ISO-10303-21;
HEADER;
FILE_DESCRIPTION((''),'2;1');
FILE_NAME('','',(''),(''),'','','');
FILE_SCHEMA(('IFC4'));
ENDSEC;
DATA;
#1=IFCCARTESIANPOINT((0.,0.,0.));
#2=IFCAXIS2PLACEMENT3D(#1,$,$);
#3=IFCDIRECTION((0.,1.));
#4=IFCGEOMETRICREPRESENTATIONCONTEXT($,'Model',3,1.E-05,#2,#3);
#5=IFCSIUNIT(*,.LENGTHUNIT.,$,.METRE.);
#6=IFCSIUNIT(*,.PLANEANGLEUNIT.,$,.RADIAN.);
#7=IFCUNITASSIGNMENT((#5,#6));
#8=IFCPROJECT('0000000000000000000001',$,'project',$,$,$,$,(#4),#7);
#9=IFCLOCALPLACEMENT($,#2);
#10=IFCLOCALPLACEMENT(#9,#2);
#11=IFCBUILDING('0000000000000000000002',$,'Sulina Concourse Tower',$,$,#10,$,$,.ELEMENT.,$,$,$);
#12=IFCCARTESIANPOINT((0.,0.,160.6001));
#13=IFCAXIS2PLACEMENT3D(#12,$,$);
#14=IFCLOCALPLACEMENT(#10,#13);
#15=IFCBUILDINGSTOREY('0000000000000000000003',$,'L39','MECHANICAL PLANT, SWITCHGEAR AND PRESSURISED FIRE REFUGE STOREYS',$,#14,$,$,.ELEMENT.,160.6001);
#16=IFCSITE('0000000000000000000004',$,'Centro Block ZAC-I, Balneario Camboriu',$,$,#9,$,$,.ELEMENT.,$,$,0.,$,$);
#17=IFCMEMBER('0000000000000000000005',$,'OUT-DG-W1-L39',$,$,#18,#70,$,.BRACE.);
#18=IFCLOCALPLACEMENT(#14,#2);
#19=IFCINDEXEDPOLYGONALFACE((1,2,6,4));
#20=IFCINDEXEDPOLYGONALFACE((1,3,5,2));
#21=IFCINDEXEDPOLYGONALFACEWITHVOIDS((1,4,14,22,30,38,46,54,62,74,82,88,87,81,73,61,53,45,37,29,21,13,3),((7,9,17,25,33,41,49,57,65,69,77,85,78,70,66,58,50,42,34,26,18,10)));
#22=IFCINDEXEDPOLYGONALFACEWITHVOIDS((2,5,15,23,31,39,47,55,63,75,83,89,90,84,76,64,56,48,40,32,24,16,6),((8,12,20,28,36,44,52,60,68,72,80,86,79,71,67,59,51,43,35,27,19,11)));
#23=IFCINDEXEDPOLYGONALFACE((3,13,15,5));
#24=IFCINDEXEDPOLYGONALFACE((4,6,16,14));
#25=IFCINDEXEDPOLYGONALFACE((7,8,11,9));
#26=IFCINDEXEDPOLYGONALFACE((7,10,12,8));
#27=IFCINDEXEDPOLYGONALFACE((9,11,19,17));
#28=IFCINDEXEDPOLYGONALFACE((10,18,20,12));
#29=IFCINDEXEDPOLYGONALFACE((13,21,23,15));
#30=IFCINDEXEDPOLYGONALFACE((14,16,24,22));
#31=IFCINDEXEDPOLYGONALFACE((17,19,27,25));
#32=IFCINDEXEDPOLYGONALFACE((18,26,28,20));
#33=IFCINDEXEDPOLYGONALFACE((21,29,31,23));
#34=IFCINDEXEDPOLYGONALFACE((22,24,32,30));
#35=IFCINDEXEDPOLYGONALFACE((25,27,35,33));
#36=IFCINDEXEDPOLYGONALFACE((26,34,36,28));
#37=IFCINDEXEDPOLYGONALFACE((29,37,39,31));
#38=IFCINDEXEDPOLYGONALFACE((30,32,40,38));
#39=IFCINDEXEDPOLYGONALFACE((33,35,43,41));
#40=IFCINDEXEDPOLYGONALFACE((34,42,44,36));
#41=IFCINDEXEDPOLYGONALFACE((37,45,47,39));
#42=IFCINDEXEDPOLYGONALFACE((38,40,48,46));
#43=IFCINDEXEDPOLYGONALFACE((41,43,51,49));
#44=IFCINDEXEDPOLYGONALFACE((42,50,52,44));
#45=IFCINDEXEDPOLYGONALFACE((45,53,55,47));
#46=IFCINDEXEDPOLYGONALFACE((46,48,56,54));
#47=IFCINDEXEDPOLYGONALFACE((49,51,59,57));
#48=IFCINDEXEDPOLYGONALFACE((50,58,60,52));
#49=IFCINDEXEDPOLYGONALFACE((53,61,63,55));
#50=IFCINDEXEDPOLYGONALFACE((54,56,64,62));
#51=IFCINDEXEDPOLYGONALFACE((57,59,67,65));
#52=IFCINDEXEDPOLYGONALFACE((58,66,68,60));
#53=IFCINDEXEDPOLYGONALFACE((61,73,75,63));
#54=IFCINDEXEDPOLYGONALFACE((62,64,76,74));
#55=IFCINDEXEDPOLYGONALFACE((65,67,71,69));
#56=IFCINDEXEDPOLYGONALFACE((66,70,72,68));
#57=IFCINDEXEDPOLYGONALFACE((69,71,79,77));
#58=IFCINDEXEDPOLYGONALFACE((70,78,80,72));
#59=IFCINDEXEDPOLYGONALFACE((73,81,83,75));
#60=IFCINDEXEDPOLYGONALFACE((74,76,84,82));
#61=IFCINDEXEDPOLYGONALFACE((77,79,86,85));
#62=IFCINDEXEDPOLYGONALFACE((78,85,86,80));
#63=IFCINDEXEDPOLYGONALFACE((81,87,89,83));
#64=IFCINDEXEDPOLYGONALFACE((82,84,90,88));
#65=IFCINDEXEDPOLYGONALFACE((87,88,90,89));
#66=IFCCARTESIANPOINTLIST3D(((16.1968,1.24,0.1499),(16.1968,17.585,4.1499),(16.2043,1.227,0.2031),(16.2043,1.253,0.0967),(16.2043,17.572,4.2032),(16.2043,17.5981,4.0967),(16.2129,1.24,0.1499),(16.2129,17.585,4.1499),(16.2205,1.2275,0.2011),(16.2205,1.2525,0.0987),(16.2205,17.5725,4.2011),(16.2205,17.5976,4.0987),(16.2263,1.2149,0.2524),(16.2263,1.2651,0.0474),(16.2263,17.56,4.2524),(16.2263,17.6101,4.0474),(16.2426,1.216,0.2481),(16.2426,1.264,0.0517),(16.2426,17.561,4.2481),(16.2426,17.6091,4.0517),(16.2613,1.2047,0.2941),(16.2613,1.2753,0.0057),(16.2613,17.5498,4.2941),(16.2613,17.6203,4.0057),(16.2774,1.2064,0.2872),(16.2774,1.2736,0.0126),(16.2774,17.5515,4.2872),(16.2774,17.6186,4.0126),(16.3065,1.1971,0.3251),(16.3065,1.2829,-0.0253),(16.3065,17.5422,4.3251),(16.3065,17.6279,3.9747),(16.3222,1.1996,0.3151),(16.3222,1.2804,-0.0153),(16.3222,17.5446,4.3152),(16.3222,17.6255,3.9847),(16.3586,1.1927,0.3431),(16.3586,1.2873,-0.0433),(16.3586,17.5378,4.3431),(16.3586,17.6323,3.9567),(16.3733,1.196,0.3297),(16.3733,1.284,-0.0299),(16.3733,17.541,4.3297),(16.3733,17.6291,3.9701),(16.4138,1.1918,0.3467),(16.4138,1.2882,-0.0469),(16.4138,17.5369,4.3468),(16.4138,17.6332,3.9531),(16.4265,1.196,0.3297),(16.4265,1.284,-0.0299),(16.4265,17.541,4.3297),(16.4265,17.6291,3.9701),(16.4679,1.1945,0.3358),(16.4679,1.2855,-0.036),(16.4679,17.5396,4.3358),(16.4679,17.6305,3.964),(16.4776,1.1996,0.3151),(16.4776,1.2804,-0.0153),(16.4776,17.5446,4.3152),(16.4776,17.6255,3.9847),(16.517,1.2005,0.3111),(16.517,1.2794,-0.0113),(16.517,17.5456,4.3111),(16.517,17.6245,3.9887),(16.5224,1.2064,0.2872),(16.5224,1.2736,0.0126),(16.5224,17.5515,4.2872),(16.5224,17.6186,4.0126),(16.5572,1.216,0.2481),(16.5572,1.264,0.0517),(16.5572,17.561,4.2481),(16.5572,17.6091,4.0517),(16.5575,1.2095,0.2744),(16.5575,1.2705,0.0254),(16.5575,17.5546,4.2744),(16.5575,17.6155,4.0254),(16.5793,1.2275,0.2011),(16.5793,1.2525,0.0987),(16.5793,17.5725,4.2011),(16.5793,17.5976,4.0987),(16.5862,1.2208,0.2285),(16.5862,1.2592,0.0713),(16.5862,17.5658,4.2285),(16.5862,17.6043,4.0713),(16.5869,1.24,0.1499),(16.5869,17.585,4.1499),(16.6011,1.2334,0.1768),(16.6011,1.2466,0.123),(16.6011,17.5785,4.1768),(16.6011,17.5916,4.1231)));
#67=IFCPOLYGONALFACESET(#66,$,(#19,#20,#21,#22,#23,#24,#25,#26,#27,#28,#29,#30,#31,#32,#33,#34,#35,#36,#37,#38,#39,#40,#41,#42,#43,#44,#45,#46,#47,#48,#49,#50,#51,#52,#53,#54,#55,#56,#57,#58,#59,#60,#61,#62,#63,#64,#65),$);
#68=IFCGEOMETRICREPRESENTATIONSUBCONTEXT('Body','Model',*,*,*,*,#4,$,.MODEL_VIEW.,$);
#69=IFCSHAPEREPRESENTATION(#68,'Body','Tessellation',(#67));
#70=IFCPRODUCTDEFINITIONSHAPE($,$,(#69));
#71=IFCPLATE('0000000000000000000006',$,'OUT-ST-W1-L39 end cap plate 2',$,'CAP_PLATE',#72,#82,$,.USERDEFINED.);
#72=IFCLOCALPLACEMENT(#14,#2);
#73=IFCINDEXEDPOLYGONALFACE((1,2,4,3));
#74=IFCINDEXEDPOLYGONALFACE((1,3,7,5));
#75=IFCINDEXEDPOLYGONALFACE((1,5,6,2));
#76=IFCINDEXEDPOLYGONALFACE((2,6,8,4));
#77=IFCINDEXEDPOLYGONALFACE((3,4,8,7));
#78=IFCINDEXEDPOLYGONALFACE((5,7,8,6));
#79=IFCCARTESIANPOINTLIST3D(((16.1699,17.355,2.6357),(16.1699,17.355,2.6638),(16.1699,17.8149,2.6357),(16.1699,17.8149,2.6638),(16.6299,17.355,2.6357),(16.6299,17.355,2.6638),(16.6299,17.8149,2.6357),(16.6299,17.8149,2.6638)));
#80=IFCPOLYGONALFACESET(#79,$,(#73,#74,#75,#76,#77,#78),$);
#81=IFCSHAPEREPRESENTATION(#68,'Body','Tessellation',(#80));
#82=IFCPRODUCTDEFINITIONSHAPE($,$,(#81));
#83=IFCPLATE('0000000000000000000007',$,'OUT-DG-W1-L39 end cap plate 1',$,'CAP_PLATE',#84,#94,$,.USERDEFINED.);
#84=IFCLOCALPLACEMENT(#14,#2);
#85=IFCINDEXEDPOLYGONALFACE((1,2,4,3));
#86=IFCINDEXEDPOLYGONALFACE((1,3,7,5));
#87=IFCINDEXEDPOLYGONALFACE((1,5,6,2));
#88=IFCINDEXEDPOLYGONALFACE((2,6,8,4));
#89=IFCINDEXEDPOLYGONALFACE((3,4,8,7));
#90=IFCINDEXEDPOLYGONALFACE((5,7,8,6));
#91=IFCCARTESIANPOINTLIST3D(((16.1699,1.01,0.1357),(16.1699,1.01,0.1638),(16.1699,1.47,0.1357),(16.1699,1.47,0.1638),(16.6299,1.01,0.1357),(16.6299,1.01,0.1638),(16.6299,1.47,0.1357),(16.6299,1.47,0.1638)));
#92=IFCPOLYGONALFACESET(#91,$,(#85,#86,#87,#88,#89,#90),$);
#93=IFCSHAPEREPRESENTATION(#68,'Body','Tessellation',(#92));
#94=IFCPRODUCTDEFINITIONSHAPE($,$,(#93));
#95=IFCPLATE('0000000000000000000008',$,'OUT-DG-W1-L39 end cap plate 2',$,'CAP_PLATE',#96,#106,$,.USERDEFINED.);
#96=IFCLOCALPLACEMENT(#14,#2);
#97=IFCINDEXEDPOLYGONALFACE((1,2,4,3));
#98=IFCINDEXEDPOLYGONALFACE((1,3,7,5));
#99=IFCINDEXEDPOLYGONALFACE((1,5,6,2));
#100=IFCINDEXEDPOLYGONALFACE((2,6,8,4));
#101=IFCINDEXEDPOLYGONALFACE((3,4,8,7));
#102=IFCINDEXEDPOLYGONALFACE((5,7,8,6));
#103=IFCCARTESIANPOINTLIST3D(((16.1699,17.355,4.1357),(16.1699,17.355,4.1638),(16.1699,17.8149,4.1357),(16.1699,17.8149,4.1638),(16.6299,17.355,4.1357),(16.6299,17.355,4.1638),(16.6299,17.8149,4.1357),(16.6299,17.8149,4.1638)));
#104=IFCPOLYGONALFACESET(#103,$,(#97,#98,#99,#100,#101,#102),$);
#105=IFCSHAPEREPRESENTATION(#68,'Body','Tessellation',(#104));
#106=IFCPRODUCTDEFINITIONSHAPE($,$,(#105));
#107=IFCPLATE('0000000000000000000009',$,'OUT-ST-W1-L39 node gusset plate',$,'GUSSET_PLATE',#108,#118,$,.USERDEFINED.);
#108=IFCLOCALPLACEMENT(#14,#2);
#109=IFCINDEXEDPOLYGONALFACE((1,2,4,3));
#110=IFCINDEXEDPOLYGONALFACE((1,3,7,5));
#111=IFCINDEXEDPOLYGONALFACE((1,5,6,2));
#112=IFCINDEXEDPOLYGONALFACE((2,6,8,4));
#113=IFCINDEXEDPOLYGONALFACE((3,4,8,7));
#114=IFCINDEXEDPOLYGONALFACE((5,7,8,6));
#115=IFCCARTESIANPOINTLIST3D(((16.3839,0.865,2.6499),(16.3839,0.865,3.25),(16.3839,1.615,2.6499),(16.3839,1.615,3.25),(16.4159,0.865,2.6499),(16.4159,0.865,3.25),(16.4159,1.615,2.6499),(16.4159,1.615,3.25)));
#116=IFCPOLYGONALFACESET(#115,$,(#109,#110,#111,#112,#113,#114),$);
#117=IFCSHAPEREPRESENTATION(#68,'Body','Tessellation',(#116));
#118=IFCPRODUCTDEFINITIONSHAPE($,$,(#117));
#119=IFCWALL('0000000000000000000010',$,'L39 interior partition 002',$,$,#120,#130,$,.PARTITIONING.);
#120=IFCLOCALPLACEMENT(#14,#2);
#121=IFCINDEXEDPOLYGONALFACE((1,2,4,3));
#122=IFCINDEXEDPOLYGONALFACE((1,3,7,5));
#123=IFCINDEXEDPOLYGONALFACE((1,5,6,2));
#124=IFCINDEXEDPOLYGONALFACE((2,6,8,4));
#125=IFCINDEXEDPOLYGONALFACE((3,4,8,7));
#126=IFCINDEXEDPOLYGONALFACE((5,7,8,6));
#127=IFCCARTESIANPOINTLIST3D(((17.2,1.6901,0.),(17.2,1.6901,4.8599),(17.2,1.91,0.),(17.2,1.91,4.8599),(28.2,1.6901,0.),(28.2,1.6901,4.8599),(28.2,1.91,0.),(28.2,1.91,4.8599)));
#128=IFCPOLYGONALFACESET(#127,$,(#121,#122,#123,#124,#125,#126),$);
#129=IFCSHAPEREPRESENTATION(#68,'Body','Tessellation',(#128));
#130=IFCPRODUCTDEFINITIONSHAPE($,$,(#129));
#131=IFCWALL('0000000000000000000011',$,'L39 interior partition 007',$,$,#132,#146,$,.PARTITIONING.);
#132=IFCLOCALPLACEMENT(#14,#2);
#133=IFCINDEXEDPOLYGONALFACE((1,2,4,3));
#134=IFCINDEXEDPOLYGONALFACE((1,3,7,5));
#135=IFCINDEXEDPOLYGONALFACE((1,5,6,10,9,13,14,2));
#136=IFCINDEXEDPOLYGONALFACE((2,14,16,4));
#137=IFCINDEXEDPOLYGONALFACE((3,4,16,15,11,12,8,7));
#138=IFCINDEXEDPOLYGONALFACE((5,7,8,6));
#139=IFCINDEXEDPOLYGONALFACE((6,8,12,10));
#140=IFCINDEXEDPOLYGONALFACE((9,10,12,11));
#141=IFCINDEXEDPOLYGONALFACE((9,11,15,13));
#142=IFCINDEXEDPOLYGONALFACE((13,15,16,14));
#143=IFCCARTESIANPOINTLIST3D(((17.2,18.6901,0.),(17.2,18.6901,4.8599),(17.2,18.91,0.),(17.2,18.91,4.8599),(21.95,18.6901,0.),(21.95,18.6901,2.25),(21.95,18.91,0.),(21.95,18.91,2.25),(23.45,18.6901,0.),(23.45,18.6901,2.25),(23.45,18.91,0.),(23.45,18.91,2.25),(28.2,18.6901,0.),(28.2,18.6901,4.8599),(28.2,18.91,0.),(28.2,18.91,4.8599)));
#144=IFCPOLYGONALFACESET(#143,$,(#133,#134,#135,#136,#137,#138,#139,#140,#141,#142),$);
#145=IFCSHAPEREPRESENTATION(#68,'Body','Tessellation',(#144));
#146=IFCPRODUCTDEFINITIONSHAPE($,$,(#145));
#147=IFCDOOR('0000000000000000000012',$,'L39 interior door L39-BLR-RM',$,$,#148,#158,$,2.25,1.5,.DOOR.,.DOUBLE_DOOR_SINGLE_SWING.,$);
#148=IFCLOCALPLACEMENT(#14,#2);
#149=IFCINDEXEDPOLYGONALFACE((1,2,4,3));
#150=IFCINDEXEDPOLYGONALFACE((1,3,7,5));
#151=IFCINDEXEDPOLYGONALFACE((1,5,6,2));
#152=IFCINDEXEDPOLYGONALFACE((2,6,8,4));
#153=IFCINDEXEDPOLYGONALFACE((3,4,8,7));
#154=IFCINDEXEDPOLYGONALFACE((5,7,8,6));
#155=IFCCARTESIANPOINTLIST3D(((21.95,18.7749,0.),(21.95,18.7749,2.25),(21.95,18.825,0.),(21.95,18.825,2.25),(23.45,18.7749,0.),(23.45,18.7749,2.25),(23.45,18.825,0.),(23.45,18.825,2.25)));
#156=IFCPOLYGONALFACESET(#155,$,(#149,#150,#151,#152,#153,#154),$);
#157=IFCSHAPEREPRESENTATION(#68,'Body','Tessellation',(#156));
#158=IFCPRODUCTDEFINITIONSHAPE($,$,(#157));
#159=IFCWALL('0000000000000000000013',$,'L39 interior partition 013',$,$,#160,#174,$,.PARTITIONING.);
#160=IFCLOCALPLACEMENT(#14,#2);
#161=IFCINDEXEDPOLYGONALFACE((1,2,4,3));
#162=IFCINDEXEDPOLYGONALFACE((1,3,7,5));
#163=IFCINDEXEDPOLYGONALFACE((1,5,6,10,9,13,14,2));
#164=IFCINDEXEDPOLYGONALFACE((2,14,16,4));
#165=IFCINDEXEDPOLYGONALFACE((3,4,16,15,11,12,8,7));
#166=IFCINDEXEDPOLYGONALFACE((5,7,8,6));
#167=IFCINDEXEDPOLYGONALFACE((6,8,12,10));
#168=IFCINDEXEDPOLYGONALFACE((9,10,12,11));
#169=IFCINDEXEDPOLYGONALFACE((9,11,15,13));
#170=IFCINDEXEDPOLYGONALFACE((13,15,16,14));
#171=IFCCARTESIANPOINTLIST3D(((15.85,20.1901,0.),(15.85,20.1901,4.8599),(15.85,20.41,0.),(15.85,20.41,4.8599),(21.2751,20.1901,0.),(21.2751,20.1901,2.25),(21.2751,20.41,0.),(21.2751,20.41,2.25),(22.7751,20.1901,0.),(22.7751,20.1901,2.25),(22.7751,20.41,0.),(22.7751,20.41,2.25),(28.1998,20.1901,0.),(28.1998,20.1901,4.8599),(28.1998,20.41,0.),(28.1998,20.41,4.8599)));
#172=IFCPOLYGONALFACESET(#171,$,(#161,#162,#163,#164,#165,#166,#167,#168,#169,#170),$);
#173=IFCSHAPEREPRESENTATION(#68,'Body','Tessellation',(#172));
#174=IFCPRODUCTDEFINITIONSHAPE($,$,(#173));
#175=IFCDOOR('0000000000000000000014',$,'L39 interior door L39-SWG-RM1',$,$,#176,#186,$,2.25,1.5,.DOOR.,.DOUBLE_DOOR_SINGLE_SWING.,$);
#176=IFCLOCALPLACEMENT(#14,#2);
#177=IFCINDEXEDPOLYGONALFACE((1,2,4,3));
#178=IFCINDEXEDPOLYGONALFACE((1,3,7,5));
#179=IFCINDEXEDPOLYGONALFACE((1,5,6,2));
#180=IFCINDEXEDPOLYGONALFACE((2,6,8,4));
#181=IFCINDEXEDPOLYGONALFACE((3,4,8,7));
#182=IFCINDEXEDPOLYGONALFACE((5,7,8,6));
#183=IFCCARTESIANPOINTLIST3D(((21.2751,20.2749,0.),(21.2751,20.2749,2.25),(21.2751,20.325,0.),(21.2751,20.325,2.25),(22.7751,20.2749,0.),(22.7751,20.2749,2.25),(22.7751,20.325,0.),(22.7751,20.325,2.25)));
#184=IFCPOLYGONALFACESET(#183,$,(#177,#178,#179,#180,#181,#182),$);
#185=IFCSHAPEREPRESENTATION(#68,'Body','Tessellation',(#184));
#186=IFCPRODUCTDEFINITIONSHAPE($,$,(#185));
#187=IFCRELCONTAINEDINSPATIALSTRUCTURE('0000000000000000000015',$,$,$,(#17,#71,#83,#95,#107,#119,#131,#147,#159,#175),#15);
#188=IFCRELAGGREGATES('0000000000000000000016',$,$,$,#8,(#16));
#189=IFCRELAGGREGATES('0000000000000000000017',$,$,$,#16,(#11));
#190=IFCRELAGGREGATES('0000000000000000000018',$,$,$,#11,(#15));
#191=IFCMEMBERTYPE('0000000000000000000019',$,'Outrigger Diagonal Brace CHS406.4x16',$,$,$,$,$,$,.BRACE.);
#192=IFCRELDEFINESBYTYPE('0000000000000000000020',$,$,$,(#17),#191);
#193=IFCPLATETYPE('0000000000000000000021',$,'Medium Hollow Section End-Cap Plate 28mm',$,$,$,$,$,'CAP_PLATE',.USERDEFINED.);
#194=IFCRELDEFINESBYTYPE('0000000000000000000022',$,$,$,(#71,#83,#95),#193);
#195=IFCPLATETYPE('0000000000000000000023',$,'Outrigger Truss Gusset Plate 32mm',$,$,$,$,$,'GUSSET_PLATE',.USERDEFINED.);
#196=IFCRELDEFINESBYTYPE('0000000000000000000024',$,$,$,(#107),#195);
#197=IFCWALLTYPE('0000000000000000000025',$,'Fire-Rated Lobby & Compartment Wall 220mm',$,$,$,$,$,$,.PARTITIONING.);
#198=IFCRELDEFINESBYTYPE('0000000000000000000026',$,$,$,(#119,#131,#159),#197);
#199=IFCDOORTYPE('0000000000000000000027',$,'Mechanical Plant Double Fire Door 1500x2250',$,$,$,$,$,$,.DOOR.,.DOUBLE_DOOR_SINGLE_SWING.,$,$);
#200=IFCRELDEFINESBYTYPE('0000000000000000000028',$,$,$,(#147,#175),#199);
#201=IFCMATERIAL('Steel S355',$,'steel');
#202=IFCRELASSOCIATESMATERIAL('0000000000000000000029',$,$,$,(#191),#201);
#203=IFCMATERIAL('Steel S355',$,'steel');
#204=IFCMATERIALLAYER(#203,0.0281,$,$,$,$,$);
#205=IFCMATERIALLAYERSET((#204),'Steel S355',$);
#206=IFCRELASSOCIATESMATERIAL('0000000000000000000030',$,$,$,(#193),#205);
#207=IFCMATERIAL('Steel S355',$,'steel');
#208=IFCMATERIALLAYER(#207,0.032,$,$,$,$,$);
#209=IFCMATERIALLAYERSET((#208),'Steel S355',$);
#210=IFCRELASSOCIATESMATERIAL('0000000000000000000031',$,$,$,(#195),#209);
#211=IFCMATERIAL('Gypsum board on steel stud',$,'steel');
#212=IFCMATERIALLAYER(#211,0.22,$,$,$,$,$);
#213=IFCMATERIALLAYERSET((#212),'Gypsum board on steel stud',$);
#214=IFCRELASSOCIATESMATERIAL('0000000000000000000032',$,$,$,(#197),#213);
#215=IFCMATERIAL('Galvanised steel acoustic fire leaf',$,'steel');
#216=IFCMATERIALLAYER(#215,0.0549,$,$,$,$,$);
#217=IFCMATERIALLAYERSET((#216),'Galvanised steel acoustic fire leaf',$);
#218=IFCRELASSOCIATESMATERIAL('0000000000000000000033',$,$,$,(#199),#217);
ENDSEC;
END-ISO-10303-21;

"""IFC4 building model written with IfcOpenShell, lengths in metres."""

from ifc_helpers import new_model, si_unit, direction, frame, frame_2d, origin, origin_2d, place, context, subcontext, project, spatial, rectangle, hollow_circle, extrude, material, layer, layer_set, material_profile, profile_set, type_object, element, fill, save


model = new_model("IFC4")

# Units and contexts
model_context = context("Model", 3, precision=1e-05, world=origin(), true_north=direction((0.0, 1.0)))
body_context = subcontext(model_context, "Body", "Model", "MODEL_VIEW")
ifc_project = project(units=[si_unit("LENGTHUNIT", "METRE"), si_unit("PLANEANGLEUNIT", "RADIAN")], contexts=[model_context])

# Site, building, storey
site_placement = place(None, origin())
site = spatial("IfcSite", under=ifc_project, at=site_placement, Name="Centro Block ZAC-I, Balneario Camboriu", CompositionType="ELEMENT", RefElevation=0.0)
building_placement = place(site_placement, origin())
building = spatial("IfcBuilding", under=site, at=building_placement, Name="Sulina Concourse Tower", CompositionType="ELEMENT")
storey_placement = place(building_placement, frame((0.0, 0.0, 160.6001)))
storey = spatial("IfcBuildingStorey", under=building, at=storey_placement, Name="L39", Description="MECHANICAL PLANT, SWITCHGEAR AND PRESSURISED FIRE REFUGE STOREYS", CompositionType="ELEMENT", Elevation=160.6001)

# Member
ifc_material_1 = material(Name="Steel S355", Category="steel")
ifc_material_profile_1 = material_profile(ifc_material_1, hollow_circle(Radius=0.2031, WallThickness=0.0161, at=origin_2d()), Name="CHS 406.4x16")
ifc_profile_set_1 = profile_set([ifc_material_profile_1], Name="Steel S355")
member_type = type_object("IfcMemberType", Name="Outrigger Diagonal Brace CHS406.4x16", PredefinedType="BRACE", material=ifc_profile_set_1)
member_placement = place(storey_placement, frame((16.3999, 1.24, 0.1499), z_axis=(0.0, 0.971336, 0.237709), x_axis=(-1.0, 0.0, 0.0)))
element("IfcMember", 1, at=member_placement, inside=storey, type_object=member_type, Name="OUT-DG-W1-L39", PredefinedType="BRACE", context=body_context, shape_type="SweptSolid", body=[
    extrude(hollow_circle(Radius=0.2031, WallThickness=0.0161, at=origin_2d()), origin(), (0.0, 0.0, 1.0), 16.8274),
])

# Plates
ifc_material_2 = material(Name="Steel S355", Category="steel")
ifc_layer_1 = layer(ifc_material_2, 0.0281)
ifc_layer_set_1 = layer_set([ifc_layer_1], Name="Steel S355")
plate_type_1 = type_object("IfcPlateType", Name="Medium Hollow Section End-Cap Plate 28mm", ElementType="CAP_PLATE", PredefinedType="USERDEFINED", material=ifc_layer_set_1)
for number, where, z_axis, x_axis, name in (
    (2, (16.3999, 17.585, 2.6357), (0.0, 0.0, 1.0), (1.0, 0.0, 0.0), "OUT-ST-W1-L39 end cap plate 2"),
    (3, (16.3999, 1.24, 0.1357), (0.0, 0.0, 1.0), (1.0, 0.0, 0.0), "OUT-DG-W1-L39 end cap plate 1"),
    (4, (16.3999, 17.585, 4.1357), (0.0, 0.0, 1.0), (1.0, 0.0, 0.0), "OUT-DG-W1-L39 end cap plate 2"),
):
    element("IfcPlate", number, at=place(storey_placement, frame(where, z_axis=z_axis, x_axis=x_axis)), inside=storey, type_object=plate_type_1, Name=name, ObjectType="CAP_PLATE", PredefinedType="USERDEFINED", context=body_context, shape_type="SweptSolid", body=[
        extrude(rectangle(XDim=0.46, YDim=0.46, at=origin_2d()), origin(), (0.0, 0.0, 1.0), 0.0281),
    ])
ifc_material_3 = material(Name="Steel S355", Category="steel")
ifc_layer_2 = layer(ifc_material_3, 0.032)
ifc_layer_set_2 = layer_set([ifc_layer_2], Name="Steel S355")
plate_type_2 = type_object("IfcPlateType", Name="Outrigger Truss Gusset Plate 32mm", ElementType="GUSSET_PLATE", PredefinedType="USERDEFINED", material=ifc_layer_set_2)
plate_placement = place(storey_placement, frame((16.3999, 1.24, 2.6499), z_axis=(0.0, 0.0, 1.0), x_axis=(1.0, 0.0, 0.0)))
element("IfcPlate", 5, at=plate_placement, inside=storey, type_object=plate_type_2, Name="OUT-ST-W1-L39 node gusset plate", ObjectType="GUSSET_PLATE", PredefinedType="USERDEFINED", context=body_context, shape_type="SweptSolid", body=[
    extrude(rectangle(XDim=0.032, YDim=0.75, at=origin_2d()), origin(), (0.0, 0.0, 1.0), 0.6001),
])

# Wall
ifc_material_4 = material(Name="Gypsum board on steel stud", Category="steel")
ifc_layer_3 = layer(ifc_material_4, 0.22)
ifc_layer_set_3 = layer_set([ifc_layer_3], Name="Gypsum board on steel stud")
wall_type_1 = type_object("IfcWallType", Name="Fire-Rated Lobby & Compartment Wall 220mm", PredefinedType="PARTITIONING", material=ifc_layer_set_3)
wall_1_placement = place(storey_placement, frame((17.2, 1.8, 0.0), z_axis=(0.0, 0.0, 1.0), x_axis=(1.0, 0.0, 0.0)))
element("IfcWall", 6, at=wall_1_placement, inside=storey, type_object=wall_type_1, Name="L39 interior partition 002", PredefinedType="PARTITIONING", context=body_context, shape_type="SweptSolid", body=[
    extrude(rectangle(XDim=11.0, YDim=0.22, at=frame_2d((5.5, 0.0))), origin(), (0.0, 0.0, 1.0), 4.8599),
])

# Walls, openings, doors
wall_2_placement = place(storey_placement, frame((17.2, 18.8, 0.0), z_axis=(0.0, 0.0, 1.0), x_axis=(1.0, 0.0, 0.0)))
wall_2 = element("IfcWall", 7, at=wall_2_placement, inside=storey, type_object=wall_type_1, Name="L39 interior partition 007", PredefinedType="PARTITIONING", context=body_context, shape_type="SweptSolid", body=[
    extrude(rectangle(XDim=11.0, YDim=0.22, at=frame_2d((5.5, 0.0))), origin(), (0.0, 0.0, 1.0), 4.8599),
])
opening_1_placement = place(wall_2_placement, frame((4.75, 0.0, 0.0)))
opening_1 = element("IfcOpeningElement", 8, at=opening_1_placement, cuts=wall_2, PredefinedType="OPENING", context=body_context, shape_type="SweptSolid", body=[
    extrude(rectangle(XDim=1.5, YDim=2.25, at=frame_2d((0.75, 1.125))), frame((0.0, 0.1199, 0.0), z_axis=(0.0, -1.0, 0.0), x_axis=(1.0, 0.0, 0.0)), (0.0, 0.0, 1.0), 0.24),
])
ifc_material_5 = material(Name="Galvanised steel acoustic fire leaf", Category="steel")
ifc_layer_4 = layer(ifc_material_5, 0.0549)
ifc_layer_set_4 = layer_set([ifc_layer_4], Name="Galvanised steel acoustic fire leaf")
door_type = type_object("IfcDoorType", Name="Mechanical Plant Double Fire Door 1500x2250", OperationType="DOUBLE_DOOR_SINGLE_SWING", PredefinedType="DOOR", material=ifc_layer_set_4)
door_1_placement = place(opening_1_placement, origin())
door_1 = element("IfcDoor", 9, at=door_1_placement, inside=storey, type_object=door_type, Name="L39 interior door L39-BLR-RM", OperationType="DOUBLE_DOOR_SINGLE_SWING", OverallHeight=2.25, OverallWidth=1.5, PredefinedType="DOOR", context=body_context, shape_type="SweptSolid", body=[
    extrude(rectangle(XDim=1.5, YDim=2.25, at=frame_2d((0.75, 1.125))), frame((0.0, 0.0249, 0.0), z_axis=(0.0, -1.0, 0.0), x_axis=(1.0, 0.0, 0.0)), (0.0, 0.0, 1.0), 0.05),
])
fill(opening_1, door_1)
wall_3_placement = place(storey_placement, frame((15.8501, 20.3, 0.0), z_axis=(0.0, 0.0, 1.0), x_axis=(1.0, 0.0, 0.0)))
wall_3 = element("IfcWall", 10, at=wall_3_placement, inside=storey, type_object=wall_type_1, Name="L39 interior partition 013", PredefinedType="PARTITIONING", context=body_context, shape_type="SweptSolid", body=[
    extrude(rectangle(XDim=12.3499, YDim=0.22, at=frame_2d((6.1748, 0.0))), origin(), (0.0, 0.0, 1.0), 4.8599),
])
opening_2_placement = place(wall_3_placement, frame((5.425, 0.0, 0.0)))
opening_2 = element("IfcOpeningElement", 11, at=opening_2_placement, cuts=wall_3, PredefinedType="OPENING", context=body_context, shape_type="SweptSolid", body=[
    extrude(rectangle(XDim=1.5, YDim=2.25, at=frame_2d((0.75, 1.125))), frame((0.0, 0.1199, 0.0), z_axis=(0.0, -1.0, 0.0), x_axis=(1.0, 0.0, 0.0)), (0.0, 0.0, 1.0), 0.24),
])
door_2_placement = place(opening_2_placement, origin())
door_2 = element("IfcDoor", 12, at=door_2_placement, inside=storey, type_object=door_type, Name="L39 interior door L39-SWG-RM1", OperationType="DOUBLE_DOOR_SINGLE_SWING", OverallHeight=2.25, OverallWidth=1.5, PredefinedType="DOOR", context=body_context, shape_type="SweptSolid", body=[
    extrude(rectangle(XDim=1.5, YDim=2.25, at=frame_2d((0.75, 1.125))), frame((0.0, 0.0249, 0.0), z_axis=(0.0, -1.0, 0.0), x_axis=(1.0, 0.0, 0.0)), (0.0, 0.0, 1.0), 0.05),
])
fill(opening_2, door_2)

save(model, "model.ifc")
